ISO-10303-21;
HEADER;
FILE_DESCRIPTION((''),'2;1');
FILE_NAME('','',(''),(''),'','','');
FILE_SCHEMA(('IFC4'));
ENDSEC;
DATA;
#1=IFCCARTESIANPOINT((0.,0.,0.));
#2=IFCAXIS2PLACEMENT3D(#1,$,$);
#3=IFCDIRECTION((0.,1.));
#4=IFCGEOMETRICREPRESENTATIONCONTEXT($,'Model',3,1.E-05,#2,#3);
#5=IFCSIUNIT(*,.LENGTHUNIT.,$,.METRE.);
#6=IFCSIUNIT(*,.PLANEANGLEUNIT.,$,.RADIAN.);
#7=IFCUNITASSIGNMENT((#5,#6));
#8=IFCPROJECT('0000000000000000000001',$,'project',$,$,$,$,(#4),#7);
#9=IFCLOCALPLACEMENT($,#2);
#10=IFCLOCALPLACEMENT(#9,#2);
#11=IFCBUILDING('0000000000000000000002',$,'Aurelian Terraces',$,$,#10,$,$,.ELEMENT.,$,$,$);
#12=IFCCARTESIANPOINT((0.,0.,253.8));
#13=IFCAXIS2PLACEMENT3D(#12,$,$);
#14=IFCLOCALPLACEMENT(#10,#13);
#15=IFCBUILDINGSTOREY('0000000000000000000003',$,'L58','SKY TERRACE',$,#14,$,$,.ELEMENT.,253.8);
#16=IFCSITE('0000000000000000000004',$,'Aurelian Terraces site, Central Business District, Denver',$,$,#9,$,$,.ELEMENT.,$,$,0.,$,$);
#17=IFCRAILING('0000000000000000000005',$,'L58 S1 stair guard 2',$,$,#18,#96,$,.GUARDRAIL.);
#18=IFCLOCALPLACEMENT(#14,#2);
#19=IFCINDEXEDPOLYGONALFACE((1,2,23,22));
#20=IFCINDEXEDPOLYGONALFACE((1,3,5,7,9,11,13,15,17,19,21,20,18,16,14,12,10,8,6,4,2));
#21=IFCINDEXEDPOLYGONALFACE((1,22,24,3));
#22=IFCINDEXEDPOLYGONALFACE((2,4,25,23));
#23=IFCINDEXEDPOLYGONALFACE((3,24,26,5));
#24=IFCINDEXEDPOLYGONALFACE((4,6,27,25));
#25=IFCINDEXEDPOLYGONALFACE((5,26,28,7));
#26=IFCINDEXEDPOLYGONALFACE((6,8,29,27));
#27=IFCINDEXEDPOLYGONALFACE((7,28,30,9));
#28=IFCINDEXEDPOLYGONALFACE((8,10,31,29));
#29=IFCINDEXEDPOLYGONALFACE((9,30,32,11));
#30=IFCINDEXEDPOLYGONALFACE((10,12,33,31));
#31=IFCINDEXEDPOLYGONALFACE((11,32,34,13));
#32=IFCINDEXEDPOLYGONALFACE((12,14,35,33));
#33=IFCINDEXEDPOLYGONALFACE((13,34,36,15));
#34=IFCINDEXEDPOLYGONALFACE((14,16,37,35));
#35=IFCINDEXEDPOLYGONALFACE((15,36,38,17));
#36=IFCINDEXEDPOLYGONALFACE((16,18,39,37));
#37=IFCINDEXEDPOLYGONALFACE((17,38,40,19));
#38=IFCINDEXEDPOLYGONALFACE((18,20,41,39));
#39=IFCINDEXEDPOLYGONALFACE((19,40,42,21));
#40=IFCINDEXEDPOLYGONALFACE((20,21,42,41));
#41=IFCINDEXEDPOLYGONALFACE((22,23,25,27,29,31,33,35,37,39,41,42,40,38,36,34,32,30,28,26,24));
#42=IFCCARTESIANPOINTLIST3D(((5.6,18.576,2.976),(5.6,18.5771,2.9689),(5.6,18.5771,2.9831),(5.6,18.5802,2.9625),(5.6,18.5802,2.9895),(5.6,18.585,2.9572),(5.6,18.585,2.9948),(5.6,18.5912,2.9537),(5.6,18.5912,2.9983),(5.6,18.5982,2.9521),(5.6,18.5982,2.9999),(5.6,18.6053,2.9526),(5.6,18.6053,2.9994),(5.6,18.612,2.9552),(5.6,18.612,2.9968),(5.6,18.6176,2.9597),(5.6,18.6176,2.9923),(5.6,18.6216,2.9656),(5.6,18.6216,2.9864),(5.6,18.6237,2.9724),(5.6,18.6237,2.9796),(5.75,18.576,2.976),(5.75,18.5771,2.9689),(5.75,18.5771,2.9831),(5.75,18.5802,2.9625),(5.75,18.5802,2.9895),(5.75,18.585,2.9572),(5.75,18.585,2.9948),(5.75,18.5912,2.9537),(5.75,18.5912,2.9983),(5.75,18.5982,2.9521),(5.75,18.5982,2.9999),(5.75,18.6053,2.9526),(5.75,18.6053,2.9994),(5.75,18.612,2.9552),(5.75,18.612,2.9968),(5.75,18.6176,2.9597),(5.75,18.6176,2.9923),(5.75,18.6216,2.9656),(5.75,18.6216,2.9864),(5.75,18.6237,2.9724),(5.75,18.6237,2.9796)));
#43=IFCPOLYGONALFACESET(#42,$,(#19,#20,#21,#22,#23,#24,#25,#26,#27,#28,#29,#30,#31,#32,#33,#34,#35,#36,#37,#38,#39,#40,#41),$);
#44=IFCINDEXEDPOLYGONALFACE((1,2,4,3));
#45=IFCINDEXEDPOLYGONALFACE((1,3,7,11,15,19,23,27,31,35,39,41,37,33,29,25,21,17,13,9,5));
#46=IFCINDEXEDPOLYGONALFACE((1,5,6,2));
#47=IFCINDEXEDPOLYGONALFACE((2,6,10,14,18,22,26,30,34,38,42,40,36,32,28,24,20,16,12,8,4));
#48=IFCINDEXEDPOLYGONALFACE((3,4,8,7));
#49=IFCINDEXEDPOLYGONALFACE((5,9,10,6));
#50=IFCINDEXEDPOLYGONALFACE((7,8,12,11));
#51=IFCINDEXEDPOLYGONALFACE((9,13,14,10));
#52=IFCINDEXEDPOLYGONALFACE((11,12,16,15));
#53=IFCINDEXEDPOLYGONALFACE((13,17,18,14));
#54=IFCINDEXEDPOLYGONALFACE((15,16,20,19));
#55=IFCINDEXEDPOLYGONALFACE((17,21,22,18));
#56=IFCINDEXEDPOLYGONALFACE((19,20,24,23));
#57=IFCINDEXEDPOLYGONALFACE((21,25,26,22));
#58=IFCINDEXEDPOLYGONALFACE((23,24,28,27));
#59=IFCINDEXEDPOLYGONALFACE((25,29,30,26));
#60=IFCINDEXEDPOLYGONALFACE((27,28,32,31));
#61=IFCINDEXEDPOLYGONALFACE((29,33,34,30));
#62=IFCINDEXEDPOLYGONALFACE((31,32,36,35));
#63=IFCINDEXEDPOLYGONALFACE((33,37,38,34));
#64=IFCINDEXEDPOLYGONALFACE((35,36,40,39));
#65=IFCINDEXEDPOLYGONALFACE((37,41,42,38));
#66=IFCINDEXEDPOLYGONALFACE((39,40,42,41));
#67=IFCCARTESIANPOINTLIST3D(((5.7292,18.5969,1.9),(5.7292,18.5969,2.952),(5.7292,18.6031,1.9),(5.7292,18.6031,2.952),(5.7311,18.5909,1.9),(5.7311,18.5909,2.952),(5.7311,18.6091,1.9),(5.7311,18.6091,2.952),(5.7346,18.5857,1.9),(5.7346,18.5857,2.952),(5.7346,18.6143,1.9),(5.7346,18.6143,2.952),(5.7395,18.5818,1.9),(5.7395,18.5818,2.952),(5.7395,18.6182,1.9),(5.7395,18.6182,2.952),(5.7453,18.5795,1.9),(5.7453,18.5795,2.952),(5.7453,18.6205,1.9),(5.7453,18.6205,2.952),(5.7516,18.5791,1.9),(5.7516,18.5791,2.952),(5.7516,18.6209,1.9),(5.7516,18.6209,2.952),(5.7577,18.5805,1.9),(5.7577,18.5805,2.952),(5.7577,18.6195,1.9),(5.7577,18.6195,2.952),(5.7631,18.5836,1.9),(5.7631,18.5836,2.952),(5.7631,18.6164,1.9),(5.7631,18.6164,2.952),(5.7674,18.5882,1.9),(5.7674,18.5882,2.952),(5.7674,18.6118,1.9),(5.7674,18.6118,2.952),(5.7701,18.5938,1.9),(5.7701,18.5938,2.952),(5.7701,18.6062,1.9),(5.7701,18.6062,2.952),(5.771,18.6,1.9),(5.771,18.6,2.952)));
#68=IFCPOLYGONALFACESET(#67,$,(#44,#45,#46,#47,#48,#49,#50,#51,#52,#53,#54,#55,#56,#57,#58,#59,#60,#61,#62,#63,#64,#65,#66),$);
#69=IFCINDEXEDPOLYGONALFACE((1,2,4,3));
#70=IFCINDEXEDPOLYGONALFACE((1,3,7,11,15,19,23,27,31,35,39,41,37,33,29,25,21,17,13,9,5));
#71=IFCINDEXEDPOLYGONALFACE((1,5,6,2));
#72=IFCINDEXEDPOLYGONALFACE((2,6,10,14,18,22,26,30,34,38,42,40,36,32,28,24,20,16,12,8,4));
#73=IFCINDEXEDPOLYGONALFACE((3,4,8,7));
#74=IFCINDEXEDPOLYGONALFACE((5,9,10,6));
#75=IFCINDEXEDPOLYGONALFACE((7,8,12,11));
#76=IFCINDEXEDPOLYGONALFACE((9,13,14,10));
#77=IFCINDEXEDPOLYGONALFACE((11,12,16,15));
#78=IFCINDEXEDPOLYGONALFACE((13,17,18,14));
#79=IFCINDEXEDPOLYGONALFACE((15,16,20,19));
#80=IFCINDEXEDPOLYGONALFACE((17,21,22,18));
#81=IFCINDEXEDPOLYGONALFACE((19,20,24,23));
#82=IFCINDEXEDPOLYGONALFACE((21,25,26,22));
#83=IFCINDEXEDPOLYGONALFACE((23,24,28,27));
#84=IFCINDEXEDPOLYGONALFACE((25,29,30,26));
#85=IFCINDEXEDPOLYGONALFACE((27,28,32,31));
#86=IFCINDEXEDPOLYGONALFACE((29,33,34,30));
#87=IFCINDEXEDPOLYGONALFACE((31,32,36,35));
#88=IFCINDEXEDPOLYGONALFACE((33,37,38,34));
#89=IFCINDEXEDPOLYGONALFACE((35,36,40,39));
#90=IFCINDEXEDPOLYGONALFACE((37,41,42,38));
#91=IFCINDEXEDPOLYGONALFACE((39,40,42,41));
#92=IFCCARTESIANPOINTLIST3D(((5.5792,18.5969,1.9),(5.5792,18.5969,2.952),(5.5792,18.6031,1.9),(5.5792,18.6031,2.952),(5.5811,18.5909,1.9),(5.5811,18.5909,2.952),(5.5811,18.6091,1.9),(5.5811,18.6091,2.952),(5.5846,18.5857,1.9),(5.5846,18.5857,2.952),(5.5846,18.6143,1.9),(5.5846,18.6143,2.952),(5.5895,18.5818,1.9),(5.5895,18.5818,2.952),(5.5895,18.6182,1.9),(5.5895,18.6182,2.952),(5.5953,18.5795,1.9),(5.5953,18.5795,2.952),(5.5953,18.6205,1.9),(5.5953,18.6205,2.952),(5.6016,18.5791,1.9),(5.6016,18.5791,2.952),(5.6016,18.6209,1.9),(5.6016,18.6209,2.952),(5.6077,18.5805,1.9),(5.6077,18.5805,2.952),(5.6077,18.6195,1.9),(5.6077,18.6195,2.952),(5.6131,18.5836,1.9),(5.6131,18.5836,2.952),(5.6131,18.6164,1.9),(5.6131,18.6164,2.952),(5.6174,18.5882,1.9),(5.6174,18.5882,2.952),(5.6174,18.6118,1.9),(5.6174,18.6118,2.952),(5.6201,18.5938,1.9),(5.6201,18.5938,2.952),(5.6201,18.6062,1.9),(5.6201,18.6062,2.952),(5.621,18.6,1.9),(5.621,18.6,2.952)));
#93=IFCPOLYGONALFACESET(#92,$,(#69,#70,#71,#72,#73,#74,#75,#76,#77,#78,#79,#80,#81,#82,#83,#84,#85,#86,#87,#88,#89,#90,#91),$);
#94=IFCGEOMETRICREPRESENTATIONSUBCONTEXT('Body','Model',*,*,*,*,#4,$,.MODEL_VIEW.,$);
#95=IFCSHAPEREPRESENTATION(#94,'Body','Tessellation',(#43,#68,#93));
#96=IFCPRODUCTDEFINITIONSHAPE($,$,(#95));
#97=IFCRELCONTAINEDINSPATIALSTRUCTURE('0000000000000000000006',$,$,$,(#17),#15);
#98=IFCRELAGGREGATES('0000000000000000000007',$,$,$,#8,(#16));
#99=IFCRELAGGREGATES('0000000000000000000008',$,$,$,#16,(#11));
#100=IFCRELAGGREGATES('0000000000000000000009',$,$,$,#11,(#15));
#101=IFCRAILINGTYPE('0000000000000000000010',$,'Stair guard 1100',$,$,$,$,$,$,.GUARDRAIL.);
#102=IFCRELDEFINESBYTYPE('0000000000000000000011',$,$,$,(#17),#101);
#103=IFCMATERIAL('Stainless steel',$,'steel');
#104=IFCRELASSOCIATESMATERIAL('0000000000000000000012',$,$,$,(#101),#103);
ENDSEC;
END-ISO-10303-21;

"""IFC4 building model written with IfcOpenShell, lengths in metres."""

from ifc_helpers import new_model, si_unit, direction, frame, origin, origin_2d, place, context, subcontext, project, spatial, circle, extrude, source, transform, mapped, material, type_object, element, save


model = new_model("IFC4")

# Units and contexts
model_context = context("Model", 3, precision=1e-05, world=origin(), true_north=direction((0.0, 1.0)))
body_context = subcontext(model_context, "Body", "Model", "MODEL_VIEW")
ifc_project = project(units=[si_unit("LENGTHUNIT", "METRE"), si_unit("PLANEANGLEUNIT", "RADIAN")], contexts=[model_context])

# Site, building, storey
site_placement = place(None, origin())
site = spatial("IfcSite", under=ifc_project, at=site_placement, Name="Aurelian Terraces site, Central Business District, Denver", CompositionType="ELEMENT", RefElevation=0.0)
building_placement = place(site_placement, origin())
building = spatial("IfcBuilding", under=site, at=building_placement, Name="Aurelian Terraces", CompositionType="ELEMENT")
storey_placement = place(building_placement, frame((0.0, 0.0, 253.8)))
storey = spatial("IfcBuildingStorey", under=building, at=storey_placement, Name="L58", Description="SKY TERRACE", CompositionType="ELEMENT", Elevation=253.8)

# Railing
ifc_material_1 = material(Name="Stainless steel", Category="steel")
railing_type = type_object("IfcRailingType", Name="Stair guard 1100", PredefinedType="GUARDRAIL", material=ifc_material_1)
shared_shape_1 = source(origin(), body_context, "Body", "SweptSolid", [
    extrude(circle(Radius=0.024, at=origin_2d()), frame((0.0, 0.0, 1.076), z_axis=(-1.0, 0.0, 0.0), x_axis=(0.0, -1.0, 0.0)), (0.0, 0.0, 1.0), 0.15),
    extrude(circle(Radius=0.021, at=origin_2d()), origin(), (0.0, 0.0, 1.0), 1.052),
    extrude(circle(Radius=0.021, at=origin_2d()), frame((-0.15, 0.0, 0.0)), (0.0, 0.0, 1.0), 1.052),
])
railing_1_placement = place(storey_placement, frame((5.75, 18.6, 1.9)))
element("IfcRailing", 1, at=railing_1_placement, inside=storey, type_object=railing_type, Name="L58 S1 stair guard 2", PredefinedType="GUARDRAIL", context=body_context, shape_type="MappedRepresentation", body=[
    mapped(shared_shape_1, transform((0.0, 0.0, 0.0), scale=1.0)),
])

save(model, "model.ifc")
